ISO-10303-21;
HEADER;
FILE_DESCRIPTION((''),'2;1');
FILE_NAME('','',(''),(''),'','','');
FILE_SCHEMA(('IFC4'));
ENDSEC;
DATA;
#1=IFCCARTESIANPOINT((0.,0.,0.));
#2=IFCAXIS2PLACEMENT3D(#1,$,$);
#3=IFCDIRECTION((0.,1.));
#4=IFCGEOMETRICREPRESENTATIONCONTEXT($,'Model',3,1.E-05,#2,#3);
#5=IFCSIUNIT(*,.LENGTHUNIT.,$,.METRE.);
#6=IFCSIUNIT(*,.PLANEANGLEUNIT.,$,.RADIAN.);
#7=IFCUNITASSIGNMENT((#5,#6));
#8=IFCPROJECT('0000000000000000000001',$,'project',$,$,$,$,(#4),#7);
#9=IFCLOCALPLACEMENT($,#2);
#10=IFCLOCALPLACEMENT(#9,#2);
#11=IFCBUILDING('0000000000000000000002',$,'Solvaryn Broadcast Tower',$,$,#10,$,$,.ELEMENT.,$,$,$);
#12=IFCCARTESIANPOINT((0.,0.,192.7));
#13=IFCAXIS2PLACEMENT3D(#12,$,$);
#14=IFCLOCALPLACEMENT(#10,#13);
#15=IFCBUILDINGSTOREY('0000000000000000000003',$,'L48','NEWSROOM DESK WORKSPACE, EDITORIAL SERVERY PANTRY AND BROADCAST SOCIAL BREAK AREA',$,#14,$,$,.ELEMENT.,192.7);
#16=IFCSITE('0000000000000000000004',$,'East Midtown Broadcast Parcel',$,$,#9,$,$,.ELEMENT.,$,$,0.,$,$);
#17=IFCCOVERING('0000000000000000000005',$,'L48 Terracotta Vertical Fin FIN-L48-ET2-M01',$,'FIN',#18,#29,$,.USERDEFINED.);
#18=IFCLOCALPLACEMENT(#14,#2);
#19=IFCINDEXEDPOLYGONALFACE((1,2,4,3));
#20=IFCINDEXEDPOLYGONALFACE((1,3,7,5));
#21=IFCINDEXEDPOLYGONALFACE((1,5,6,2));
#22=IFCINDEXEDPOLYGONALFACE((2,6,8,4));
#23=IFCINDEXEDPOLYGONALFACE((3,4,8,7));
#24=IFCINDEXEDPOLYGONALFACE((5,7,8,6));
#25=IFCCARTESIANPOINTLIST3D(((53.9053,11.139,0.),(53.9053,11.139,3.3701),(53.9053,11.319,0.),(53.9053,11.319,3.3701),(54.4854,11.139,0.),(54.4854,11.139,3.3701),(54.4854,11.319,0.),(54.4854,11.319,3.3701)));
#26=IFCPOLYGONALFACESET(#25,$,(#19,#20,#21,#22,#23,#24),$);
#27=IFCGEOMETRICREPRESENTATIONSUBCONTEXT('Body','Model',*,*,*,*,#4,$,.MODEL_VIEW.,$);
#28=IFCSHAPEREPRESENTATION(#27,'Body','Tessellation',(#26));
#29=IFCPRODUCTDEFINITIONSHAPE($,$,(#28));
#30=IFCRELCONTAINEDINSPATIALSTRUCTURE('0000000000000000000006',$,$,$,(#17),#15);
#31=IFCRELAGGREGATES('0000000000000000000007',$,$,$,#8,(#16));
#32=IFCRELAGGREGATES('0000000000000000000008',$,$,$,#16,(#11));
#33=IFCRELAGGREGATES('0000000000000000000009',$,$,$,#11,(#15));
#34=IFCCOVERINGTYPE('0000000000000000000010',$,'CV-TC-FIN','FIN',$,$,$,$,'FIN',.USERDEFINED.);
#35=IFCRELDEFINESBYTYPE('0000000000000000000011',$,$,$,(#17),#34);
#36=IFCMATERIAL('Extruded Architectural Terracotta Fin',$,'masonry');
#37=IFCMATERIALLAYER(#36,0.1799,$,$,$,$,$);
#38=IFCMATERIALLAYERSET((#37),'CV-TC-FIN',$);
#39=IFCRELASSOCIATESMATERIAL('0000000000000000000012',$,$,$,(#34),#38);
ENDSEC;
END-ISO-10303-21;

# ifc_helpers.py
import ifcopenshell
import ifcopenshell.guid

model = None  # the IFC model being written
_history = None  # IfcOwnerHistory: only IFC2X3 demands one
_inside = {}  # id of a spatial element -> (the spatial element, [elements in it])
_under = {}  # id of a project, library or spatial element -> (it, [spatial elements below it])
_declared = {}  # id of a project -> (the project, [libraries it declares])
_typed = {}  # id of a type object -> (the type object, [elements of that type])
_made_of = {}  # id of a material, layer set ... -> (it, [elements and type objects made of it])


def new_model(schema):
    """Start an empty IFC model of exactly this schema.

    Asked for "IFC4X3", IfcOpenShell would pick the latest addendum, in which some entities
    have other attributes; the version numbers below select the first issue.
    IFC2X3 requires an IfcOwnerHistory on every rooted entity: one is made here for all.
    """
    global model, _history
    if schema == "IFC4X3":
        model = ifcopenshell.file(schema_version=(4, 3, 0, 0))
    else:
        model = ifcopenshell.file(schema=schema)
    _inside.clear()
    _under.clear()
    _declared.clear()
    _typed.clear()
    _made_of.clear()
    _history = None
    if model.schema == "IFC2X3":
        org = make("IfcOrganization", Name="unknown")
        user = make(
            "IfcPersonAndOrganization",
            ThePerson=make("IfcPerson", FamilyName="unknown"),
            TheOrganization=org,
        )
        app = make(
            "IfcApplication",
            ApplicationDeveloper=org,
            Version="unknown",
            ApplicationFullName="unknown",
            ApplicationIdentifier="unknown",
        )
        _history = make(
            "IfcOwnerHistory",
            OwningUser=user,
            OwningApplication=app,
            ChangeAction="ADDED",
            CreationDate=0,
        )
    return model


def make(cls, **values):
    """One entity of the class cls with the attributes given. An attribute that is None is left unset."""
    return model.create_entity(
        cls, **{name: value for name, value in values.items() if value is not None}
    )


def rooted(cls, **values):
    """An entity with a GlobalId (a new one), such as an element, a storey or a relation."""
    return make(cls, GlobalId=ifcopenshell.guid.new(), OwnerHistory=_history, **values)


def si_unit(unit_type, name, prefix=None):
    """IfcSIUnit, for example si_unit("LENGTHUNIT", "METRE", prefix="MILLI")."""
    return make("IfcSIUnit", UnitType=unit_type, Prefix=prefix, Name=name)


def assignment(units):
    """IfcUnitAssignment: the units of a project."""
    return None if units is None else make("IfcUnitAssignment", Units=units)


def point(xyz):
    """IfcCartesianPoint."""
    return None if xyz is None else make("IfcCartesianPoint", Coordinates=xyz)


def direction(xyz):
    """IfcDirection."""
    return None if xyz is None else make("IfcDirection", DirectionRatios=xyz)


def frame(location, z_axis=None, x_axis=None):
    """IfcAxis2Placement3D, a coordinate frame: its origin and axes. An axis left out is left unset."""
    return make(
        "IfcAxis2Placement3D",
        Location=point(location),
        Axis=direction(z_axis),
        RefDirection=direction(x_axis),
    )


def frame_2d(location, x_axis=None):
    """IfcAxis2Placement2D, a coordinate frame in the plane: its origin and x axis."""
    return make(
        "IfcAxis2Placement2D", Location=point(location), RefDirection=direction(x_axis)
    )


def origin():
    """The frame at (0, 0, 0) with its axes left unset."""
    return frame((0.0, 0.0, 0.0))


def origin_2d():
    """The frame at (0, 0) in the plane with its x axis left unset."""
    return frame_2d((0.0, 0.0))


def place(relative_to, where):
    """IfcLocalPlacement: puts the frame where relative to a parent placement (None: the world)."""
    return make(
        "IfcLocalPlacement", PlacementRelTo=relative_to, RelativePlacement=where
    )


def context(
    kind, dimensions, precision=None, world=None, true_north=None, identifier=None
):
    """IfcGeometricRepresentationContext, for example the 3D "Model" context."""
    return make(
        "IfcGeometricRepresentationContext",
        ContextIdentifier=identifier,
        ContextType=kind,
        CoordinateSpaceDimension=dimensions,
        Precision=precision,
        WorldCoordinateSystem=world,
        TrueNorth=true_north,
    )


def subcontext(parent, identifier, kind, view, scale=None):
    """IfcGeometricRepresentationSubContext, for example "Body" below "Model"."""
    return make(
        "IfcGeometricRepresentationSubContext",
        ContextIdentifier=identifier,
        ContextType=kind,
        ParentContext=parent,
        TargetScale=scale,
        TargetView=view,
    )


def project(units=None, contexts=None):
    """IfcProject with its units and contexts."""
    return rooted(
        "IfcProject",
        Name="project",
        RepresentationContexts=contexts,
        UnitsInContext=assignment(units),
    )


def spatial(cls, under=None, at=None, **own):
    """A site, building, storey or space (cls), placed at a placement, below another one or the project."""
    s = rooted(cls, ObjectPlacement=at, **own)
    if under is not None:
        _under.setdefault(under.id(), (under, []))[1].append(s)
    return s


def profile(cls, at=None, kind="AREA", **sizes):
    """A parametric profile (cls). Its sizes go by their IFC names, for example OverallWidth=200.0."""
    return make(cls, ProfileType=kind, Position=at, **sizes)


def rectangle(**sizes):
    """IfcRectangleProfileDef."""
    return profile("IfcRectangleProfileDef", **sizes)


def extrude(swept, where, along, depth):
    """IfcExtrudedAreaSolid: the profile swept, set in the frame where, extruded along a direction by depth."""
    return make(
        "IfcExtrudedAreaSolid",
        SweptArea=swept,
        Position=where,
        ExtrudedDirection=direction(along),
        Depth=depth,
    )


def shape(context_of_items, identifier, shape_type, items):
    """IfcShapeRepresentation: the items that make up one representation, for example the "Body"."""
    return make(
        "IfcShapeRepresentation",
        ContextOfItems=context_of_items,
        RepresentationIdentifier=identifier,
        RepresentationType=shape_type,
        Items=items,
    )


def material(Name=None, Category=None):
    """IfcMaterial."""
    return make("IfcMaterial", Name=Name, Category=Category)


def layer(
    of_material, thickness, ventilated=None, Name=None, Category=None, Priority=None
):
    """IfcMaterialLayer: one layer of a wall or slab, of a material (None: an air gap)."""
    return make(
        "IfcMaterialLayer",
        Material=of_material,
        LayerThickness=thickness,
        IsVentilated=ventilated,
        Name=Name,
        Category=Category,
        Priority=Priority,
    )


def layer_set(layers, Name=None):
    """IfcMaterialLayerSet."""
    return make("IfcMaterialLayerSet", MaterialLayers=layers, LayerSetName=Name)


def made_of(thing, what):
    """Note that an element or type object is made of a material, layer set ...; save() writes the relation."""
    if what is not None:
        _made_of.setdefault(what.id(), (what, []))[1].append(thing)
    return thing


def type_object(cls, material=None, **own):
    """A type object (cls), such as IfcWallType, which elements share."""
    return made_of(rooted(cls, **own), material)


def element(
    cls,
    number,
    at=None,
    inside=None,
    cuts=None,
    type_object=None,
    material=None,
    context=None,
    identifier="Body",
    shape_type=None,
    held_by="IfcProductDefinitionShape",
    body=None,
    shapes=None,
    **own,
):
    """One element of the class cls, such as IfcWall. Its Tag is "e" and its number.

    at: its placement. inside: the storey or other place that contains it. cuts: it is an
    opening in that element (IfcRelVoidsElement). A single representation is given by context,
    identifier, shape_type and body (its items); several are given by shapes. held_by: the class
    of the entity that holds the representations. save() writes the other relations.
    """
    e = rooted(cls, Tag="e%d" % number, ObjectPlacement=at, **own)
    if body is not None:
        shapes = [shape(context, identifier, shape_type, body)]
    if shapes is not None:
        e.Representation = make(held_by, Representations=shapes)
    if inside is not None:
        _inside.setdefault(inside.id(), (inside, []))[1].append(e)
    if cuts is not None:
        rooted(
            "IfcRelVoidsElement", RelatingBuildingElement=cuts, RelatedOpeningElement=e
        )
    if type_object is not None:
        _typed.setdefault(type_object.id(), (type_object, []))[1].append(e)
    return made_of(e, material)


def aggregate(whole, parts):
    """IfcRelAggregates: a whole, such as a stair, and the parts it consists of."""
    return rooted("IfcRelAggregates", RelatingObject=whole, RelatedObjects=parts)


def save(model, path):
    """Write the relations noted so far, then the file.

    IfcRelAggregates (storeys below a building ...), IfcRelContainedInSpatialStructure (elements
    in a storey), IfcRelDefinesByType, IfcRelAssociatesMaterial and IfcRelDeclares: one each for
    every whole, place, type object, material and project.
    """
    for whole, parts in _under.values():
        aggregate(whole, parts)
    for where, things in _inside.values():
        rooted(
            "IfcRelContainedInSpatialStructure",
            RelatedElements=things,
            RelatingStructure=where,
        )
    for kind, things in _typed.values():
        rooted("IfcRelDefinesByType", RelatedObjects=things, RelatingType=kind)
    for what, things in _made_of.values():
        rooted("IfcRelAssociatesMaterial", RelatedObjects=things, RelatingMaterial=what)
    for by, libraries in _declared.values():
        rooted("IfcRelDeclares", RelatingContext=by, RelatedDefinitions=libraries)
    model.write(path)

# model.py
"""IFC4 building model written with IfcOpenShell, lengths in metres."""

from ifc_helpers import new_model, si_unit, direction, frame, origin, origin_2d, place, context, subcontext, project, spatial, rectangle, extrude, material, layer, layer_set, type_object, element, save


model = new_model("IFC4")

# Units and contexts
model_context = context("Model", 3, precision=1e-05, world=origin(), true_north=direction((0.0, 1.0)))
body_context = subcontext(model_context, "Body", "Model", "MODEL_VIEW")
ifc_project = project(units=[si_unit("LENGTHUNIT", "METRE"), si_unit("PLANEANGLEUNIT", "RADIAN")], contexts=[model_context])

# Site, building, storey
site_placement = place(None, origin())
site = spatial("IfcSite", under=ifc_project, at=site_placement, Name="East Midtown Broadcast Parcel", CompositionType="ELEMENT", RefElevation=0.0)
building_placement = place(site_placement, origin())
building = spatial("IfcBuilding", under=site, at=building_placement, Name="Solvaryn Broadcast Tower", CompositionType="ELEMENT")
storey_placement = place(building_placement, frame((0.0, 0.0, 192.7)))
storey = spatial("IfcBuildingStorey", under=building, at=storey_placement, Name="L48", Description="NEWSROOM DESK WORKSPACE, EDITORIAL SERVERY PANTRY AND BROADCAST SOCIAL BREAK AREA", CompositionType="ELEMENT", Elevation=192.7)

# Covering
ifc_material_1 = material(Name="Extruded Architectural Terracotta Fin", Category="masonry")
ifc_layer_1 = layer(ifc_material_1, 0.1799)
ifc_layer_set_1 = layer_set([ifc_layer_1], Name="CV-TC-FIN")
covering_type = type_object("IfcCoveringType", Name="CV-TC-FIN", Description="FIN", ElementType="FIN", PredefinedType="USERDEFINED", material=ifc_layer_set_1)
for number, where, z_axis, x_axis, name in (
    (1, (54.1953, 11.229, 0.0), (0.0, 0.0, 1.0), (1.0, 0.0, 0.0), "L48 Terracotta Vertical Fin FIN-L48-ET2-M01"),
):
    element("IfcCovering", number, at=place(storey_placement, frame(where, z_axis=z_axis, x_axis=x_axis)), inside=storey, type_object=covering_type, Name=name, ObjectType="FIN", PredefinedType="USERDEFINED", context=body_context, shape_type="SweptSolid", body=[
        extrude(rectangle(XDim=0.5801, YDim=0.1799, at=origin_2d()), origin(), (0.0, 0.0, 1.0), 3.3701),
    ])

save(model, "model.ifc")
